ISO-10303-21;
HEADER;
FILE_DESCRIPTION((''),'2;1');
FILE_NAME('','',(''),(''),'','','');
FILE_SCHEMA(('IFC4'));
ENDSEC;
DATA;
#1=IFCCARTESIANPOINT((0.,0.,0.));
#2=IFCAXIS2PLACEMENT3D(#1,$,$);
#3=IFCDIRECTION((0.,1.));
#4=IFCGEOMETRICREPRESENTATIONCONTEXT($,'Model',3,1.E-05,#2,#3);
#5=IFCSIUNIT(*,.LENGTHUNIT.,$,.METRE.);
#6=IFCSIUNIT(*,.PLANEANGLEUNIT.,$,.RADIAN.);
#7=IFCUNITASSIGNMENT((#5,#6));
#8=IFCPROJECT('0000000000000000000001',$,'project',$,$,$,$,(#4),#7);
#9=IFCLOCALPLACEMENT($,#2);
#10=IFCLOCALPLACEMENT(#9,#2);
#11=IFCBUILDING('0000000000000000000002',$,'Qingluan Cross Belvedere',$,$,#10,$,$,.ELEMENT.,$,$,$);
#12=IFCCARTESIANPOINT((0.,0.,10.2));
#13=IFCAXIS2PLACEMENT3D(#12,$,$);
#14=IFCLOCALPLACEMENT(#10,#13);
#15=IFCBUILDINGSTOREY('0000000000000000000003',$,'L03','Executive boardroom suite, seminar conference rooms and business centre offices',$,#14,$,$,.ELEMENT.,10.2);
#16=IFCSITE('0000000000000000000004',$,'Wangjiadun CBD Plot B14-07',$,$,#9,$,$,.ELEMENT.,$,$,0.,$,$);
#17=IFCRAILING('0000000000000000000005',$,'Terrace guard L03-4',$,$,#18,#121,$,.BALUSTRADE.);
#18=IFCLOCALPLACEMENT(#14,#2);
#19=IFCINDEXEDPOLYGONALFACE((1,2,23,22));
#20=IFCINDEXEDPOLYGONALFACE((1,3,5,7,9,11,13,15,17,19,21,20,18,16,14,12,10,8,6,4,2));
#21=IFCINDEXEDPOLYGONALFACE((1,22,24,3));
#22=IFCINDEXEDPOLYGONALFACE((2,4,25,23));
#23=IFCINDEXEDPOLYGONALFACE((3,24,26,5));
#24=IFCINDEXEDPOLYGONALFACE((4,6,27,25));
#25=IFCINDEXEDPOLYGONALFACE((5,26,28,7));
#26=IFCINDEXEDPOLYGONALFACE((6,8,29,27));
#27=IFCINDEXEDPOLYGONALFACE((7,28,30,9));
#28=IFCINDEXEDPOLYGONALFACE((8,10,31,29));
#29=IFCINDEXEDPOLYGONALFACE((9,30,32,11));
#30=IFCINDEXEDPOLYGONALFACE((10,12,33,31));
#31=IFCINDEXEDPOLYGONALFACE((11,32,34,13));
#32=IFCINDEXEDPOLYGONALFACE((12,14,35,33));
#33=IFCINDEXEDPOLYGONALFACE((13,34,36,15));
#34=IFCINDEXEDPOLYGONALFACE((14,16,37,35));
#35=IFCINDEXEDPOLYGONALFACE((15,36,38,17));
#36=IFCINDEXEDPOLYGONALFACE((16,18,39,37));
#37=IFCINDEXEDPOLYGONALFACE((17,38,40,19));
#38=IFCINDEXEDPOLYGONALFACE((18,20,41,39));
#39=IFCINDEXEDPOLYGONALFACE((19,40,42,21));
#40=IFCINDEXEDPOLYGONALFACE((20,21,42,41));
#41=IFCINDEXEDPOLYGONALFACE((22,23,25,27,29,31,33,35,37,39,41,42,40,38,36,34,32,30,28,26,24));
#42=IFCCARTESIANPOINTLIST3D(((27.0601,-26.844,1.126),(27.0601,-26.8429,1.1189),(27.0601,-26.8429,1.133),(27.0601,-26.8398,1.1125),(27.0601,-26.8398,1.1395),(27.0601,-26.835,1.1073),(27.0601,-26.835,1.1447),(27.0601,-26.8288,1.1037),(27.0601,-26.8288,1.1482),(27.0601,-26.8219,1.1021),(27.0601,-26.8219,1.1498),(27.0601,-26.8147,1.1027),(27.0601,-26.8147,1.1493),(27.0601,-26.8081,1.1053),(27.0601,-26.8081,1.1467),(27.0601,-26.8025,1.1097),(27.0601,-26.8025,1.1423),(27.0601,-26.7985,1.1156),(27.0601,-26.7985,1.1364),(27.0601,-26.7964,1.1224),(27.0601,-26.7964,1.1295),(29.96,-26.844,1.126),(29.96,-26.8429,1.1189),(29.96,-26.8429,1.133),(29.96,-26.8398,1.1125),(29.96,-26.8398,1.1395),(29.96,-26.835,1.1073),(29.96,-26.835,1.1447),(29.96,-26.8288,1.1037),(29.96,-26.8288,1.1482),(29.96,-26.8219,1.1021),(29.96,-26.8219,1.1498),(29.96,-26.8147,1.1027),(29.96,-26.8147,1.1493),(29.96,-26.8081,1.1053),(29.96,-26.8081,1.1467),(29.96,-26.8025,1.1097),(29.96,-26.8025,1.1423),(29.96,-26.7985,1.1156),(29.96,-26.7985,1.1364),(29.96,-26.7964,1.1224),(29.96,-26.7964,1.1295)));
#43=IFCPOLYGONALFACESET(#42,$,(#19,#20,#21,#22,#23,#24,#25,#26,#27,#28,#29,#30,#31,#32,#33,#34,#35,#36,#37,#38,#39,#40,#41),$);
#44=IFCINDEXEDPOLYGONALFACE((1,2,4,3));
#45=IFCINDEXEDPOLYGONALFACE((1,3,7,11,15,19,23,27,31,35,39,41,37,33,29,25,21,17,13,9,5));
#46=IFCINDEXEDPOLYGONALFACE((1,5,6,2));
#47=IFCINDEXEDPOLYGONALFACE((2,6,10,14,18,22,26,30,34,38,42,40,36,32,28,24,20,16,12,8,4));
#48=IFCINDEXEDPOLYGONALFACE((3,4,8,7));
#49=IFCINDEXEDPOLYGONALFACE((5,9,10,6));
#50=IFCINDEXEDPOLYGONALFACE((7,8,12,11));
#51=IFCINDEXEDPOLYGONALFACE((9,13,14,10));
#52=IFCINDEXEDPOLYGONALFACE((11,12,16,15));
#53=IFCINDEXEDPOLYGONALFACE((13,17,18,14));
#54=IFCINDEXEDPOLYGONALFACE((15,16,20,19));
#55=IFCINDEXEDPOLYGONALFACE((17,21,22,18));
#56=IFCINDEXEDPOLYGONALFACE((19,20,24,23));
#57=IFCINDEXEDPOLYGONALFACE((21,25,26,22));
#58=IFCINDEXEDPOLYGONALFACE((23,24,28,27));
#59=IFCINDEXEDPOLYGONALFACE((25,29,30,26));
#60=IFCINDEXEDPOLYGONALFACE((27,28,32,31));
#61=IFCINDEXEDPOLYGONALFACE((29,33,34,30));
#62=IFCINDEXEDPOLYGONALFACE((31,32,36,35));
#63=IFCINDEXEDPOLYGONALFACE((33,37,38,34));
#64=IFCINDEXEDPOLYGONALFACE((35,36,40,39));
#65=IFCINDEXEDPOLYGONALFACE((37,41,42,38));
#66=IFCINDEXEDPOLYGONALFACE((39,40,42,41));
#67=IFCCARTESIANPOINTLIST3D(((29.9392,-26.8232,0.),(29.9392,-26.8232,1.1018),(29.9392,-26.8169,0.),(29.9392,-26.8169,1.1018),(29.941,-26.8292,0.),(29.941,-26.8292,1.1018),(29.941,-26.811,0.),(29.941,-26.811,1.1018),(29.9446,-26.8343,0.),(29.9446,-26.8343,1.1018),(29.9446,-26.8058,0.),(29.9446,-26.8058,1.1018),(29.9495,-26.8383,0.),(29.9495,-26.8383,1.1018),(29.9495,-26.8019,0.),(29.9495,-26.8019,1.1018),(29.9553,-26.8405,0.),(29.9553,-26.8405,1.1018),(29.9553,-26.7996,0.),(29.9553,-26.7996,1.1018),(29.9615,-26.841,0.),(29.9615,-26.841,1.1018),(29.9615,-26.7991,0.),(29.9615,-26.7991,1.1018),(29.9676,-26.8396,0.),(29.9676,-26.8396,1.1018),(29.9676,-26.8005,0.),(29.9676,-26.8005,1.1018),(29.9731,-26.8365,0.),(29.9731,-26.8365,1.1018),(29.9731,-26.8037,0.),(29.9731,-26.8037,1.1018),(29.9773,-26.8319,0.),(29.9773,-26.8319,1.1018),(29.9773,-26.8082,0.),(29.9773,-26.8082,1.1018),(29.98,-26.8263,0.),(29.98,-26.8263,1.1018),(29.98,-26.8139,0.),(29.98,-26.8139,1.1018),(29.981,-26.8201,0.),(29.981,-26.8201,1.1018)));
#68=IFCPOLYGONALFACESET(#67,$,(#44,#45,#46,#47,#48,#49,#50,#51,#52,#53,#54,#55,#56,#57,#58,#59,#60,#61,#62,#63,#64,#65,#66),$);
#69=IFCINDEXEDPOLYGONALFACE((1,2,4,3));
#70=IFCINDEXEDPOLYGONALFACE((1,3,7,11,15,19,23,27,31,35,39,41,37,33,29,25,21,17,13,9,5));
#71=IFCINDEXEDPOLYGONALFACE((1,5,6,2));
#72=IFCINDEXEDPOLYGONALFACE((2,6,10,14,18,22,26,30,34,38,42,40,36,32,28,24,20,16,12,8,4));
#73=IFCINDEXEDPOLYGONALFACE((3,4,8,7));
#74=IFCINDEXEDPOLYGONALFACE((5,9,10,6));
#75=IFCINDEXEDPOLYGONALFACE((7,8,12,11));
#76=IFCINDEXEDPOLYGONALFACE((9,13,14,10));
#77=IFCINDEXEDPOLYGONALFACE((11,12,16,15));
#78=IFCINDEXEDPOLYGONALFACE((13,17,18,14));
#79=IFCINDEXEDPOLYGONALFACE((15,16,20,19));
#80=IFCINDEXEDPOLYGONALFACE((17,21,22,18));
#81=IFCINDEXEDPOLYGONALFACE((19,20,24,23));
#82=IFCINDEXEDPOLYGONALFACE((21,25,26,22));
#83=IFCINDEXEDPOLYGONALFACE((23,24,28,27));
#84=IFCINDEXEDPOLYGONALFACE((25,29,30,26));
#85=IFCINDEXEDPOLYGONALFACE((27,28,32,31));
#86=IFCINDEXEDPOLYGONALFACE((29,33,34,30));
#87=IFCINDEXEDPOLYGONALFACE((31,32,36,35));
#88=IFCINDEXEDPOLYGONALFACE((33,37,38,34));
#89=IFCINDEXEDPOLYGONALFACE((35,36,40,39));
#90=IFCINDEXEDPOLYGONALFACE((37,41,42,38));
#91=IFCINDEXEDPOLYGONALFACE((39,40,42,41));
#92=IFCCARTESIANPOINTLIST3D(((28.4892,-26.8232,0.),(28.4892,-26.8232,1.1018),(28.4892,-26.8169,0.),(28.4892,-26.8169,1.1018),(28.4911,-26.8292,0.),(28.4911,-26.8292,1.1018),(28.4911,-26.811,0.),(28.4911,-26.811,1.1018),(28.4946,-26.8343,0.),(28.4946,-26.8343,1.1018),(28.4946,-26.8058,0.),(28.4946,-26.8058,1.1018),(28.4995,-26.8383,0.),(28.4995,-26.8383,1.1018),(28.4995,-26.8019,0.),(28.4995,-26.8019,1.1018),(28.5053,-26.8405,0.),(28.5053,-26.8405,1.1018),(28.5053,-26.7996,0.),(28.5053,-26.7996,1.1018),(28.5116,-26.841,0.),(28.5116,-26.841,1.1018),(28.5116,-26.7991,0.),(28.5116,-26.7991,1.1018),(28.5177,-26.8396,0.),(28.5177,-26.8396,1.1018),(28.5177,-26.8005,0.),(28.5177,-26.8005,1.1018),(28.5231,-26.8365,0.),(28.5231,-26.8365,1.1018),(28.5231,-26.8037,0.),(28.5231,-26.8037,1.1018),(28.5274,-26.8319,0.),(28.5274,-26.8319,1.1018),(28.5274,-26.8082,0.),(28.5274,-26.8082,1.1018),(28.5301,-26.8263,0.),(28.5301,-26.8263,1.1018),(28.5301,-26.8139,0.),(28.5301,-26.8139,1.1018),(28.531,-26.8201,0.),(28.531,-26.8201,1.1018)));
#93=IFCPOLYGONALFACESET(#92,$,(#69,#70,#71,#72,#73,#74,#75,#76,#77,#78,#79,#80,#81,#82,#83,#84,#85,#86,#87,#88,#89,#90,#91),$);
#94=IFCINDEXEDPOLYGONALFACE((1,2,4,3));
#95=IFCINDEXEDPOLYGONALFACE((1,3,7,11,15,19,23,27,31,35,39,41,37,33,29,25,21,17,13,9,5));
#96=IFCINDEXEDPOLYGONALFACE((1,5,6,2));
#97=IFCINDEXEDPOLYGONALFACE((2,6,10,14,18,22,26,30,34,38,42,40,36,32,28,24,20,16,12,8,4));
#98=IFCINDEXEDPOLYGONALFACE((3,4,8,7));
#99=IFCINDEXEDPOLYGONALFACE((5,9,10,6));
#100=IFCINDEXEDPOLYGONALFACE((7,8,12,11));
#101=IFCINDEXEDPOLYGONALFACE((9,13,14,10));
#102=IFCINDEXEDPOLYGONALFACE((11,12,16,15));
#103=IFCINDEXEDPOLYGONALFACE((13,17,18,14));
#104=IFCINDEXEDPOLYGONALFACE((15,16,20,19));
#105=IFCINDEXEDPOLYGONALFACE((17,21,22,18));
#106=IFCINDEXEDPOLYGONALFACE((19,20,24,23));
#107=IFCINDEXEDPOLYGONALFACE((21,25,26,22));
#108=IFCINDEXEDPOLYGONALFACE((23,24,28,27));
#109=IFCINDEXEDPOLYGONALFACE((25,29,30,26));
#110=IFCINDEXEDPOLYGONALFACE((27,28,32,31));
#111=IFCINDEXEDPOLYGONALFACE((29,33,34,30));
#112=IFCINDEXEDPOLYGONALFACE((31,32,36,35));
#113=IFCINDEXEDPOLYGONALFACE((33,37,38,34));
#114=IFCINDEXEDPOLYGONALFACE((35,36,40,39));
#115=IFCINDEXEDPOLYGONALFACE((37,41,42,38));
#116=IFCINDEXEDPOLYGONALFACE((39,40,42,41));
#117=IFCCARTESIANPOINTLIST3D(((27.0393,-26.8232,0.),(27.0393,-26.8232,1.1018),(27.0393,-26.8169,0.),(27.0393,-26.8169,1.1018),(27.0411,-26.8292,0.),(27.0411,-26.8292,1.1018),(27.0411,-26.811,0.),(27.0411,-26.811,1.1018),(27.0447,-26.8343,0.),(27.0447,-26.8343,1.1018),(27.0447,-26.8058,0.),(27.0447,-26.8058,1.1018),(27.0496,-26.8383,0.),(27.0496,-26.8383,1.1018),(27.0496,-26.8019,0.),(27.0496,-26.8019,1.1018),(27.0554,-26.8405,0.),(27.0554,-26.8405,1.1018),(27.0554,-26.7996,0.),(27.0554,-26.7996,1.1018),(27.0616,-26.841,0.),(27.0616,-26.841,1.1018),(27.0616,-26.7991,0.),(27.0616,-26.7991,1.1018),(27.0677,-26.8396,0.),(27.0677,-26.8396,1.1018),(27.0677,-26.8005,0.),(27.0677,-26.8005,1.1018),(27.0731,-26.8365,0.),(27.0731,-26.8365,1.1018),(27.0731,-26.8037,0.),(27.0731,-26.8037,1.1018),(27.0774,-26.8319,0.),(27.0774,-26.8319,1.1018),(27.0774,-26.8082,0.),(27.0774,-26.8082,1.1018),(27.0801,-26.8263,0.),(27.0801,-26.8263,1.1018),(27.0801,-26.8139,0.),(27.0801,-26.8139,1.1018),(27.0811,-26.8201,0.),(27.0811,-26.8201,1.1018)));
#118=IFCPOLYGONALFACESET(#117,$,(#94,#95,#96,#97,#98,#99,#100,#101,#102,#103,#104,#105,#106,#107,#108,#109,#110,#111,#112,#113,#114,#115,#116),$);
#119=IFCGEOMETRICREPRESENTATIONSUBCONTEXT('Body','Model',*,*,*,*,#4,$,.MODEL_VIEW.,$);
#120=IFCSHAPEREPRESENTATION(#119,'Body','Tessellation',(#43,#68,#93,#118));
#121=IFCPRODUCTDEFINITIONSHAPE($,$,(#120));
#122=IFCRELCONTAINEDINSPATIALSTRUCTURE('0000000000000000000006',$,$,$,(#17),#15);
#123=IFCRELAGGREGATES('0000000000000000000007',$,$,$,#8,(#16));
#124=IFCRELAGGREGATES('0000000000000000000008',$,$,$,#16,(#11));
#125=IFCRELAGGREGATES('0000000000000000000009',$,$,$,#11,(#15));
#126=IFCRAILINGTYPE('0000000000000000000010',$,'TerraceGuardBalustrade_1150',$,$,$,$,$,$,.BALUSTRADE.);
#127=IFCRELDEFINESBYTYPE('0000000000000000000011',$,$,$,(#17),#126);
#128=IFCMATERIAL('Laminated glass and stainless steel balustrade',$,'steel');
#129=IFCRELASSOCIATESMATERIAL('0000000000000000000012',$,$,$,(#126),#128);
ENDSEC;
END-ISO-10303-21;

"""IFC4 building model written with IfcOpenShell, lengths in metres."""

from ifc_helpers import new_model, si_unit, direction, frame, origin, origin_2d, place, context, subcontext, project, spatial, circle, extrude, material, type_object, element, save


model = new_model("IFC4")

# Units and contexts
model_context = context("Model", 3, precision=1e-05, world=origin(), true_north=direction((0.0, 1.0)))
body_context = subcontext(model_context, "Body", "Model", "MODEL_VIEW")
ifc_project = project(units=[si_unit("LENGTHUNIT", "METRE"), si_unit("PLANEANGLEUNIT", "RADIAN")], contexts=[model_context])

# Site, building, storey
site_placement = place(None, origin())
site = spatial("IfcSite", under=ifc_project, at=site_placement, Name="Wangjiadun CBD Plot B14-07", CompositionType="ELEMENT", RefElevation=0.0)
building_placement = place(site_placement, origin())
building = spatial("IfcBuilding", under=site, at=building_placement, Name="Qingluan Cross Belvedere", CompositionType="ELEMENT")
storey_placement = place(building_placement, frame((0.0, 0.0, 10.2)))
storey = spatial("IfcBuildingStorey", under=building, at=storey_placement, Name="L03", Description="Executive boardroom suite, seminar conference rooms and business centre offices", CompositionType="ELEMENT", Elevation=10.2)

# Railing
ifc_material_1 = material(Name="Laminated glass and stainless steel balustrade", Category="steel")
railing_type_1 = type_object("IfcRailingType", Name="TerraceGuardBalustrade_1150", PredefinedType="BALUSTRADE", material=ifc_material_1)
railing_1_placement = place(storey_placement, frame((29.96, -26.8201, 0.0)))
element("IfcRailing", 1, at=railing_1_placement, inside=storey, type_object=railing_type_1, Name="Terrace guard L03-4", PredefinedType="BALUSTRADE", context=body_context, shape_type="SweptSolid", body=[
    extrude(circle(Radius=0.0239, at=origin_2d()), frame((0.0, 0.0, 1.126), z_axis=(-1.0, 0.0, 0.0), x_axis=(0.0, -1.0, 0.0)), (0.0, 0.0, 1.0), 2.8999),
    extrude(circle(Radius=0.021, at=origin_2d()), origin(), (0.0, 0.0, 1.0), 1.1018),
    extrude(circle(Radius=0.021, at=origin_2d()), frame((-1.45, 0.0, 0.0)), (0.0, 0.0, 1.0), 1.1018),
    extrude(circle(Radius=0.021, at=origin_2d()), frame((-2.8999, 0.0, 0.0)), (0.0, 0.0, 1.0), 1.1018),
])

save(model, "model.ifc")
